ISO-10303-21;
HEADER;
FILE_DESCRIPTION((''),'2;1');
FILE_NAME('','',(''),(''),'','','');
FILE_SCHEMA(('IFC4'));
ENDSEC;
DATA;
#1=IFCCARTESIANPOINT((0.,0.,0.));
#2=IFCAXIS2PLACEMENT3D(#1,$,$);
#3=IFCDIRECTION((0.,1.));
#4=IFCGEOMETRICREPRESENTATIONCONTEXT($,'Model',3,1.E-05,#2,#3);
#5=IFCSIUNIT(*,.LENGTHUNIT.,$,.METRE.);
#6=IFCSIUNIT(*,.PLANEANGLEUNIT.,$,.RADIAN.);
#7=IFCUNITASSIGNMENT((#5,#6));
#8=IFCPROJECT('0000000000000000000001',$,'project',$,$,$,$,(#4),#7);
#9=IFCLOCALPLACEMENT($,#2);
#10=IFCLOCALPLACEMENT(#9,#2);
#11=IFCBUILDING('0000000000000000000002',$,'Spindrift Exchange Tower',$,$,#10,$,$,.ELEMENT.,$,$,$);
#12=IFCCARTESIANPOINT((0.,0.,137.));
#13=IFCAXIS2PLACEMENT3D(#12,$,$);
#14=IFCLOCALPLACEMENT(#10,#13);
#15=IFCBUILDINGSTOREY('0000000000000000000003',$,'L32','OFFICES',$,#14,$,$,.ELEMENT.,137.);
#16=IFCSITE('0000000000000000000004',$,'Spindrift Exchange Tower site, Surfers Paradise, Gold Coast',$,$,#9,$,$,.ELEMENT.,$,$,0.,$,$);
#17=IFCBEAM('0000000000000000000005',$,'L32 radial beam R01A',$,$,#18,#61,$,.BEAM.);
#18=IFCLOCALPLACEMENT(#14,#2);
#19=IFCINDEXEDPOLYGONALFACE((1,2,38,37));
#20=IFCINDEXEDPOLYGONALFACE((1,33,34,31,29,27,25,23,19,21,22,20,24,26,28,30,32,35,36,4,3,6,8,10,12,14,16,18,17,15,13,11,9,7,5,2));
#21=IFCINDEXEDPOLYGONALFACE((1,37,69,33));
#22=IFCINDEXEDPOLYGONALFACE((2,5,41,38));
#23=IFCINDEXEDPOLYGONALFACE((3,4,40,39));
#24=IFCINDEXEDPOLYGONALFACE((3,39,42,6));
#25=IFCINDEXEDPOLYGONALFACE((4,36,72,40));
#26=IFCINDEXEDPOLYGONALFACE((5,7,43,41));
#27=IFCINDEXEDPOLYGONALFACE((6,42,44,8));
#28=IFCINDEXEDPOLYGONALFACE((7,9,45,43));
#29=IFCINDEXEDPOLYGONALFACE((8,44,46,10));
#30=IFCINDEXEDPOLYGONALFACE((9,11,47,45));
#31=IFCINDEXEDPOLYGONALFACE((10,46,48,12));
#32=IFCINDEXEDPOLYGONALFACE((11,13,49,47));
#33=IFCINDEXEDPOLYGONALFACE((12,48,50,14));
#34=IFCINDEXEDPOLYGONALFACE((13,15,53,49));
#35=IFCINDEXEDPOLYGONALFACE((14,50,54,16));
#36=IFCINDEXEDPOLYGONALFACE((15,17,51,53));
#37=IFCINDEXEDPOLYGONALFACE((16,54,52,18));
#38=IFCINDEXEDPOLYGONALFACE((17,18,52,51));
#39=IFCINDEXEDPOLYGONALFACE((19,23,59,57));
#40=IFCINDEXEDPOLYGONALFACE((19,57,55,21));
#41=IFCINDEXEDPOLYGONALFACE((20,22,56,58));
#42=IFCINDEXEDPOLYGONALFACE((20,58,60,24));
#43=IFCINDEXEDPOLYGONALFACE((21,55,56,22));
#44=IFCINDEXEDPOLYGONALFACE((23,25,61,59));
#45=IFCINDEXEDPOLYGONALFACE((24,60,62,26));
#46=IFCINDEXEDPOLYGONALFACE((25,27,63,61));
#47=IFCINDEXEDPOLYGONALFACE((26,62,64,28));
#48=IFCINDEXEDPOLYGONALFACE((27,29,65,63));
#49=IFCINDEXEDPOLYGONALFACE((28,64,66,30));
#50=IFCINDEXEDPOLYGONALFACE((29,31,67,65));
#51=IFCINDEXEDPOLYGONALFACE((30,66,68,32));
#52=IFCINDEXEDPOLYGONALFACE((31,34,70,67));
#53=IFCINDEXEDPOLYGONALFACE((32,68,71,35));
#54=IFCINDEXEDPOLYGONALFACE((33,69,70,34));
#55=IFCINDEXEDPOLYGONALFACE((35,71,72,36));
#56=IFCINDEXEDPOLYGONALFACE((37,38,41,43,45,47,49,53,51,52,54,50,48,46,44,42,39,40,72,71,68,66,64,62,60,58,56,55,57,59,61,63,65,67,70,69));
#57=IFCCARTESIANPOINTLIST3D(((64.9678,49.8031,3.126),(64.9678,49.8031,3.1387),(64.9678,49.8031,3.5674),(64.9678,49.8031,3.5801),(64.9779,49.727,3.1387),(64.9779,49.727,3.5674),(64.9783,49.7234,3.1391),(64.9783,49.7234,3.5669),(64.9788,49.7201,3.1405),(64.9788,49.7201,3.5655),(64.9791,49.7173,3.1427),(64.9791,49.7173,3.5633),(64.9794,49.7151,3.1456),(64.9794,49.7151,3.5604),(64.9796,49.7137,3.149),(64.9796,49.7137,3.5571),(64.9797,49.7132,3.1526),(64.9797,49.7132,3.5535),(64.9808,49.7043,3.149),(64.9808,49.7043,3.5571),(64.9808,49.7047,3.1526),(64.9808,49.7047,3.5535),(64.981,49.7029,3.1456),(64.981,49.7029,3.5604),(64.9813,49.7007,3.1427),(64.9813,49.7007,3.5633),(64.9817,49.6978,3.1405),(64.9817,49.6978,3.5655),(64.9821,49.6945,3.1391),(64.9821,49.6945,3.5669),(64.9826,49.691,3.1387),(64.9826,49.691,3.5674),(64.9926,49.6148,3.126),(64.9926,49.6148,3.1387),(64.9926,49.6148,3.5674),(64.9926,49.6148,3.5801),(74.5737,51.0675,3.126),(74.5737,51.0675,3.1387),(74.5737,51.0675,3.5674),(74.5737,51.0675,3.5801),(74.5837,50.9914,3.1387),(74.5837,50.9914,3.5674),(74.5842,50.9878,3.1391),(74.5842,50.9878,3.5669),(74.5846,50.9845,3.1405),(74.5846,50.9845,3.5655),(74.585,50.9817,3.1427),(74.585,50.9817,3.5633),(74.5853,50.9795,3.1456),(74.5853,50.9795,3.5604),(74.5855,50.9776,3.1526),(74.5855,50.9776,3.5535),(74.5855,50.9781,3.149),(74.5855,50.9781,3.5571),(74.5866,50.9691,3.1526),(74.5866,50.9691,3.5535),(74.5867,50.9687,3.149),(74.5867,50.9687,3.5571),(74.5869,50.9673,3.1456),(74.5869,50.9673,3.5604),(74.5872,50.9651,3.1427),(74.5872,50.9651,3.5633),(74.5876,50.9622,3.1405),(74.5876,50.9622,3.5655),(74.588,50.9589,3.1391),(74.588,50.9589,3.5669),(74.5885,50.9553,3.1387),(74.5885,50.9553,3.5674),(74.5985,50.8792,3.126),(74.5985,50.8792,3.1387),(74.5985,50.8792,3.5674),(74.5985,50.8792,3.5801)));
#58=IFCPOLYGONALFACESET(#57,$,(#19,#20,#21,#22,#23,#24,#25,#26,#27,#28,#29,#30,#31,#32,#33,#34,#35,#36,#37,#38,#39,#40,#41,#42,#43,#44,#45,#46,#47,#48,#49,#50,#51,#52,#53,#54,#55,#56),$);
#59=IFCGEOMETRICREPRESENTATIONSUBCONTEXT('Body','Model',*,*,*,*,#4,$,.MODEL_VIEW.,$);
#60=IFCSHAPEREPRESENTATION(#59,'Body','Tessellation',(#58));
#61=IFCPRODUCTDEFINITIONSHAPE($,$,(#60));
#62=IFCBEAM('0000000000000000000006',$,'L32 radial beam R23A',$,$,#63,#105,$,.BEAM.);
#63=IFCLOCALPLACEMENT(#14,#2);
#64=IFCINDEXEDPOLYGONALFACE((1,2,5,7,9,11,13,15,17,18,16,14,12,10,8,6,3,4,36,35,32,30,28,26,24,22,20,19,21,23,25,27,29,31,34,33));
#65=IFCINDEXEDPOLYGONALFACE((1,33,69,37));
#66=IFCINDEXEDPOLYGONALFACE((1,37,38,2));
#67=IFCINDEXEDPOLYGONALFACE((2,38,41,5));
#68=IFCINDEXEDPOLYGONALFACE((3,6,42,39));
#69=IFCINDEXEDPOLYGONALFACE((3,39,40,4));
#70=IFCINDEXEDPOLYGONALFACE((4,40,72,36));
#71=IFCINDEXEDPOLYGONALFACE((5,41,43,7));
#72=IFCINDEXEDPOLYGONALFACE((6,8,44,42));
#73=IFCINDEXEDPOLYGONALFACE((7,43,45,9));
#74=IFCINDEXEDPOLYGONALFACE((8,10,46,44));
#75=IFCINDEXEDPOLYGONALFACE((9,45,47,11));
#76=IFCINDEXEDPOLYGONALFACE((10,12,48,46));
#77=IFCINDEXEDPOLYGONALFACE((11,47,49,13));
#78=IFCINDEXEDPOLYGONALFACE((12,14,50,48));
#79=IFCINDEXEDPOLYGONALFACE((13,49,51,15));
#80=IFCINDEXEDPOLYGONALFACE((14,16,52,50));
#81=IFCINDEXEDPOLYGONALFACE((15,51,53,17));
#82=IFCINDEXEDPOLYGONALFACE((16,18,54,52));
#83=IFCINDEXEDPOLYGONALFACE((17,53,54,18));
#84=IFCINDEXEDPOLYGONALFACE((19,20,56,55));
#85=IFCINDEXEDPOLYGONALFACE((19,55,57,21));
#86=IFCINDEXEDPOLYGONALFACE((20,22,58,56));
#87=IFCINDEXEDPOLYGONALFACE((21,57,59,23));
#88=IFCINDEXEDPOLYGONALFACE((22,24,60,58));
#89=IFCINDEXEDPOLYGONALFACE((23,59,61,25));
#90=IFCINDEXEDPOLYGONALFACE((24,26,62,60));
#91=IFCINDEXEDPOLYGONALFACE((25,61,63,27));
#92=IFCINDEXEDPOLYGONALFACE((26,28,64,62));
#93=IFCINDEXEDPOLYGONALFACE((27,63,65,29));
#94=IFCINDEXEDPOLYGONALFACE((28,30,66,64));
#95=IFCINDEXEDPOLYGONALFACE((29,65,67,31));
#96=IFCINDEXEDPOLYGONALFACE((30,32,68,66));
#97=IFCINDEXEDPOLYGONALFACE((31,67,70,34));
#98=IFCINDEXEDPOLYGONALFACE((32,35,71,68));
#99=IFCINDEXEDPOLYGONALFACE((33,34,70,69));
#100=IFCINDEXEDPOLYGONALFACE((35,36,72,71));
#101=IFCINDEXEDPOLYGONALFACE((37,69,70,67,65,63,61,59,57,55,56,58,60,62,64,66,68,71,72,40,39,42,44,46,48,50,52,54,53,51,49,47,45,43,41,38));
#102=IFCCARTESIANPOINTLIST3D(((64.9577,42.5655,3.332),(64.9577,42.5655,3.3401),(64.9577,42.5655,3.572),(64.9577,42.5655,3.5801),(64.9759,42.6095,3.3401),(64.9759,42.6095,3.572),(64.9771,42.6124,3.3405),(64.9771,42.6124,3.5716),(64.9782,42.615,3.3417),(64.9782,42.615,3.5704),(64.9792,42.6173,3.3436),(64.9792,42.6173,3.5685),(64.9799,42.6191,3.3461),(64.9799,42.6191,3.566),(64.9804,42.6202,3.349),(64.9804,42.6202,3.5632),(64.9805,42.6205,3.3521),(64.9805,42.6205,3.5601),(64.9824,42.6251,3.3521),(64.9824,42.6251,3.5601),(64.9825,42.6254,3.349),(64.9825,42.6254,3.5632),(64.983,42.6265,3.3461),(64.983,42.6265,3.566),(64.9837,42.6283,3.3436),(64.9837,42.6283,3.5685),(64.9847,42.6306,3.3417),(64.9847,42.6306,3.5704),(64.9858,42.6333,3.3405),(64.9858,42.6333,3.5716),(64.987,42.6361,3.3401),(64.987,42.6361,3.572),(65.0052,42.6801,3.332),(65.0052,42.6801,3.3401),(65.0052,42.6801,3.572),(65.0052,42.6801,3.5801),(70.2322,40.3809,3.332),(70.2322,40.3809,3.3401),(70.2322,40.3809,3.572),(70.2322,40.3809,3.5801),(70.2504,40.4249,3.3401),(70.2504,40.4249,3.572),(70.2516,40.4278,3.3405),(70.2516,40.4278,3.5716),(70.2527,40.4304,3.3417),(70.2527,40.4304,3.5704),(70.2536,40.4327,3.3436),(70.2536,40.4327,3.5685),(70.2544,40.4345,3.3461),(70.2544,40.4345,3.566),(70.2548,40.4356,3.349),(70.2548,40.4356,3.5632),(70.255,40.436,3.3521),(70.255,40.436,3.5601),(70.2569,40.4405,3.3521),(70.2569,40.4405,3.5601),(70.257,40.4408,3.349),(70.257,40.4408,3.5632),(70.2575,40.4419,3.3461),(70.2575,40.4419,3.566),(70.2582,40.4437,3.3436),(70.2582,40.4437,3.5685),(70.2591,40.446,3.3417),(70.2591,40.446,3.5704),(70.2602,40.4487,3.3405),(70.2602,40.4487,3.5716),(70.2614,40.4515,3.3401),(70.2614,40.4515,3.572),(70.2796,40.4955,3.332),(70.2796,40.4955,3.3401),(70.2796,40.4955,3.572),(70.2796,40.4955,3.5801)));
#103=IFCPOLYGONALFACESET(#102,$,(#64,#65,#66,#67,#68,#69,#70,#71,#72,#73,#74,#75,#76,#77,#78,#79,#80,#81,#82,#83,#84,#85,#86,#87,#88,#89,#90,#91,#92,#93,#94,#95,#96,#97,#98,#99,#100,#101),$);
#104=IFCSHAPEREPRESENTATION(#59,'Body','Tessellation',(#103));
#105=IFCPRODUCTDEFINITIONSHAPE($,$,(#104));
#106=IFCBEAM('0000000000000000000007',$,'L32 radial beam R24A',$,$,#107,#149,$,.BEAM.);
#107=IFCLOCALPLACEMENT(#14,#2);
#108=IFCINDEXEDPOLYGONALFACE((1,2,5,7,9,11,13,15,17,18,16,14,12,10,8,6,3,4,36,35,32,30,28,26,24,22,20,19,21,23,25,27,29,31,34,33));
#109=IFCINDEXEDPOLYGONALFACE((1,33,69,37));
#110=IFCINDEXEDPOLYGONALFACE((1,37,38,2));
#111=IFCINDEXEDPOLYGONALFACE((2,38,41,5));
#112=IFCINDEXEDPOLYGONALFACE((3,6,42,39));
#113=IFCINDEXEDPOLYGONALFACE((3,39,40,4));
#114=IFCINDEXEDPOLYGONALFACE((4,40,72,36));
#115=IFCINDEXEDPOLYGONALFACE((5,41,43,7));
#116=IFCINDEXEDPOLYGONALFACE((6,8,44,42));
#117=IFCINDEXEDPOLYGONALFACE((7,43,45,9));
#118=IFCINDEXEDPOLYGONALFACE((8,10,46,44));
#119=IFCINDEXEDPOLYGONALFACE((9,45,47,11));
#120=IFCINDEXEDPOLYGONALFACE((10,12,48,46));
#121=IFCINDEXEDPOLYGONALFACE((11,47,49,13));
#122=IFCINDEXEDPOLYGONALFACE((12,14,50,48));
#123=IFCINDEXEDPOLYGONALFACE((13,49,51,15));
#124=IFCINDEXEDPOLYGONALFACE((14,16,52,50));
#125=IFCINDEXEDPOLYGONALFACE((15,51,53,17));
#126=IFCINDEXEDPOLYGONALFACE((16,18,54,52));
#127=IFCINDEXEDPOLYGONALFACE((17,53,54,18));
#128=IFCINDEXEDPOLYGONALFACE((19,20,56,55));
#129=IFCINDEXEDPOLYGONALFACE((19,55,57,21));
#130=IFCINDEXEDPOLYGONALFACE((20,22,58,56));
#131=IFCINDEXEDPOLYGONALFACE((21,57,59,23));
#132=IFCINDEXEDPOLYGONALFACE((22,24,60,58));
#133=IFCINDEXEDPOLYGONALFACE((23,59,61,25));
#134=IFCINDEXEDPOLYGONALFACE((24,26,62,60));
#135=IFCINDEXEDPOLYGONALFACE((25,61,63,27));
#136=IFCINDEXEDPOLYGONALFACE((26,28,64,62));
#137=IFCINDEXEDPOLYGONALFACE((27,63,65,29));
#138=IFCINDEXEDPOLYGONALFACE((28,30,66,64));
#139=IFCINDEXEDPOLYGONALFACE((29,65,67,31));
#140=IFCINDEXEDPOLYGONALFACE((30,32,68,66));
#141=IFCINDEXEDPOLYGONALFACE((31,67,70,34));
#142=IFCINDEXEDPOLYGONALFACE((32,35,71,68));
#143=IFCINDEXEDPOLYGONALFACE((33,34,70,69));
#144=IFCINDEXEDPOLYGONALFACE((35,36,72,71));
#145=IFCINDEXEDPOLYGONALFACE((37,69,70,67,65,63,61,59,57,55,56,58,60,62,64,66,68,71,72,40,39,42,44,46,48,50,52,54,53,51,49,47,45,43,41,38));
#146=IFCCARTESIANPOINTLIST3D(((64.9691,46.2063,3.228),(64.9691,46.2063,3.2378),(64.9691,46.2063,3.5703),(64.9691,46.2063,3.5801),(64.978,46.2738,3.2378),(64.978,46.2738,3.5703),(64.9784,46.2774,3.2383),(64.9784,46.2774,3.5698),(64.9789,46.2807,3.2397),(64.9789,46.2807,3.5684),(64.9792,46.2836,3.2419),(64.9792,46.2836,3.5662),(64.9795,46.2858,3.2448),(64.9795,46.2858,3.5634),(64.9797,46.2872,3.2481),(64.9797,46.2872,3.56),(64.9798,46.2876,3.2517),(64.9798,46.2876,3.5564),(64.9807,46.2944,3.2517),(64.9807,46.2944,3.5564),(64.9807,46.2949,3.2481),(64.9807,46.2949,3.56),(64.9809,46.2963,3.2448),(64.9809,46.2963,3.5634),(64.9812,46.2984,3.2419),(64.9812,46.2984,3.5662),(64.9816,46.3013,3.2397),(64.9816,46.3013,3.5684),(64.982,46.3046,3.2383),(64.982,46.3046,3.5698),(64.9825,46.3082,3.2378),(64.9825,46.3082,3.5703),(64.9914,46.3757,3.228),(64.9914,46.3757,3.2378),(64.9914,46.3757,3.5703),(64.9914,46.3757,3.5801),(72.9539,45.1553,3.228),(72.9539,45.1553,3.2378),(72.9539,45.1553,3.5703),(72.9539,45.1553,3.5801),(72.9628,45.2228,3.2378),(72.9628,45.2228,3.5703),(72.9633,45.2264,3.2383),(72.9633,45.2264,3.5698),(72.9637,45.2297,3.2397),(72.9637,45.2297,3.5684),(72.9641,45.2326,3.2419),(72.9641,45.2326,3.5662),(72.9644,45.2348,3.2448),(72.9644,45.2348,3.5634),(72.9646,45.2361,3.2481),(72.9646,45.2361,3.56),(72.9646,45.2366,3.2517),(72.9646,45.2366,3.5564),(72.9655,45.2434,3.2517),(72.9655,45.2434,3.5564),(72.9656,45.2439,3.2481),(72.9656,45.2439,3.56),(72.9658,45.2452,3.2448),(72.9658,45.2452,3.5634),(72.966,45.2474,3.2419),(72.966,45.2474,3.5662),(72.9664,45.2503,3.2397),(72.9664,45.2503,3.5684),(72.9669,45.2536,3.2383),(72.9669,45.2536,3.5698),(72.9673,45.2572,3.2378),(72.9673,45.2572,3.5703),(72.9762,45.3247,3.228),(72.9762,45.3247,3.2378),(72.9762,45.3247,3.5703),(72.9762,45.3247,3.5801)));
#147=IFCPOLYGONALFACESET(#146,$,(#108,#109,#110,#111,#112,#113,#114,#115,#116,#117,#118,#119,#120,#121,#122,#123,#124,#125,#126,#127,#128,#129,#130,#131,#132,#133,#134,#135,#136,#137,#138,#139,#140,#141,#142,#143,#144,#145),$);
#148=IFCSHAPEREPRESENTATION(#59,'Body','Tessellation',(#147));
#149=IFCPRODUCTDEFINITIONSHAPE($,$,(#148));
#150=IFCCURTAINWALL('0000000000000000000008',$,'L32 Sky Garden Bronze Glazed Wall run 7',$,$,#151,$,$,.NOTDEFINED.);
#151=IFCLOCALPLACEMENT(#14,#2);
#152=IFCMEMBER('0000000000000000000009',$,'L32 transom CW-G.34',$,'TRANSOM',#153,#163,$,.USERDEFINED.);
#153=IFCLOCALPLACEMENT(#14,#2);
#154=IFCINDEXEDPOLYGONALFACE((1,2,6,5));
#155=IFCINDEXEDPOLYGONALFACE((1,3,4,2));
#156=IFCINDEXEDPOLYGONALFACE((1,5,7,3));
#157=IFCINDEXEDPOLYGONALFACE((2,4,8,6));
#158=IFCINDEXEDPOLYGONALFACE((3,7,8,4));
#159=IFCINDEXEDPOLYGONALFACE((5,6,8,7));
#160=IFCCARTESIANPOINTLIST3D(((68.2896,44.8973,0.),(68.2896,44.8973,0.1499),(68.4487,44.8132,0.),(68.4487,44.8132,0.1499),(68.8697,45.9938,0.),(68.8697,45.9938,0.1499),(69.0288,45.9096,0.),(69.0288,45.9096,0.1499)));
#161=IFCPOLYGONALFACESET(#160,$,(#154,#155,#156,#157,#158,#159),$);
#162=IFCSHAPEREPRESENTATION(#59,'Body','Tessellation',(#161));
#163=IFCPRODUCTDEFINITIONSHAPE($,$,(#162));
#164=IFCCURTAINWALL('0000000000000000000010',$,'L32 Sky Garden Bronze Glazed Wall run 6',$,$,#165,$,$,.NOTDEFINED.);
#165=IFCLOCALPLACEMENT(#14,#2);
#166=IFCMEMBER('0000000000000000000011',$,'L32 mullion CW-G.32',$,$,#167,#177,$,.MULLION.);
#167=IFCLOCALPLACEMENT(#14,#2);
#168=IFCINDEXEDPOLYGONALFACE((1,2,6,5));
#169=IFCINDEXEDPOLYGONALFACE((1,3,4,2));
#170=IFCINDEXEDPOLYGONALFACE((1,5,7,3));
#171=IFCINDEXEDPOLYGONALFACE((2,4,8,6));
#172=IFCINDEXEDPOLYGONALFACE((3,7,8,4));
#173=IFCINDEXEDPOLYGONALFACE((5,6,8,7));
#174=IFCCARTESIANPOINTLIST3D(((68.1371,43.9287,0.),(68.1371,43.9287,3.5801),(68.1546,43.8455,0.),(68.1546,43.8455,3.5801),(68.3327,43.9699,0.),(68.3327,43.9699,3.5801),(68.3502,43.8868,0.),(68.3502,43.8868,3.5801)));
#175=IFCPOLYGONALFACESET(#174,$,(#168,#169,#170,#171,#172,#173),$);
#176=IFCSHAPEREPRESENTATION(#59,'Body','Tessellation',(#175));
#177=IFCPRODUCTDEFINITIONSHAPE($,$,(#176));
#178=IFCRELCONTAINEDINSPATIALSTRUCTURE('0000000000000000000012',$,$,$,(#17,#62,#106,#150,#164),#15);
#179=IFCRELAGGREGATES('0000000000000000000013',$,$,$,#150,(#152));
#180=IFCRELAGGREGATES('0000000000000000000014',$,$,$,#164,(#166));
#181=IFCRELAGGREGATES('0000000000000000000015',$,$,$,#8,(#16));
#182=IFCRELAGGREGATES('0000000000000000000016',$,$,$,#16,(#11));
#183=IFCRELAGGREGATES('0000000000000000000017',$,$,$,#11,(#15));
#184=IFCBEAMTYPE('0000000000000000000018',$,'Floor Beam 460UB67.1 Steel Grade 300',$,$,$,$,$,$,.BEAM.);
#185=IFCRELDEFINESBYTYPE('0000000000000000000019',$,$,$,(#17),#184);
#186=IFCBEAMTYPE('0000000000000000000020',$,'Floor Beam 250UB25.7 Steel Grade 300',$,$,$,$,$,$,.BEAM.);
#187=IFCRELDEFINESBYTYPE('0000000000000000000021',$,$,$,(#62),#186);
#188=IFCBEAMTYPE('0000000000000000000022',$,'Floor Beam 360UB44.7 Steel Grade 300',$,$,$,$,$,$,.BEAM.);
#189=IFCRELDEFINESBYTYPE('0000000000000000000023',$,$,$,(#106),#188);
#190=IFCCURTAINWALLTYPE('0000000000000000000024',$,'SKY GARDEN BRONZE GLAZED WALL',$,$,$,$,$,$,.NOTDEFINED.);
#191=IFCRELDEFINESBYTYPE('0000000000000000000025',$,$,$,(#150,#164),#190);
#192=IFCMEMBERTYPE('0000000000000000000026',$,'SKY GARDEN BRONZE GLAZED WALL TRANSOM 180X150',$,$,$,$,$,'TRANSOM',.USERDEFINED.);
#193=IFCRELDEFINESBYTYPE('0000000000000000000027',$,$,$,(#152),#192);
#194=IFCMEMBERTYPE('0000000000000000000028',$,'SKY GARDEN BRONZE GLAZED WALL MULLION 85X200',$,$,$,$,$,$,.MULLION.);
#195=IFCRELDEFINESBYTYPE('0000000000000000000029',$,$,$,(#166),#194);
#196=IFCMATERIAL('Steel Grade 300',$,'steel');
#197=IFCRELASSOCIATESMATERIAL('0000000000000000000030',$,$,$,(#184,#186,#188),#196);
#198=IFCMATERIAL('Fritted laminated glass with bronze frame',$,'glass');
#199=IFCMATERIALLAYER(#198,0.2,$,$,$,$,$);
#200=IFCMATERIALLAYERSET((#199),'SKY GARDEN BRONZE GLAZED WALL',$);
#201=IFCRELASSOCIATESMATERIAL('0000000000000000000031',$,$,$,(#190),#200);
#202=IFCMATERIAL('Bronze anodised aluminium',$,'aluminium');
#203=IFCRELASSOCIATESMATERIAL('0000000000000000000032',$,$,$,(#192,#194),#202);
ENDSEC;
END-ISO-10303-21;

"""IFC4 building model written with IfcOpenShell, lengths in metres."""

from ifc_helpers import new_model, si_unit, direction, frame, origin, origin_2d, place, context, subcontext, project, spatial, rectangle, i_section, extrude, source, transform, mapped, material, layer, layer_set, material_profile, profile_set, type_object, element, aggregate, save


model = new_model("IFC4")

# Units and contexts
model_context = context("Model", 3, precision=1e-05, world=origin(), true_north=direction((0.0, 1.0)))
body_context = subcontext(model_context, "Body", "Model", "MODEL_VIEW")
ifc_project = project(units=[si_unit("LENGTHUNIT", "METRE"), si_unit("PLANEANGLEUNIT", "RADIAN")], contexts=[model_context])

# Site, building, storey
site_placement = place(None, origin())
site = spatial("IfcSite", under=ifc_project, at=site_placement, Name="Spindrift Exchange Tower site, Surfers Paradise, Gold Coast", CompositionType="ELEMENT", RefElevation=0.0)
building_placement = place(site_placement, origin())
building = spatial("IfcBuilding", under=site, at=building_placement, Name="Spindrift Exchange Tower", CompositionType="ELEMENT")
storey_placement = place(building_placement, frame((0.0, 0.0, 137.0)))
storey = spatial("IfcBuildingStorey", under=building, at=storey_placement, Name="L32", Description="OFFICES", CompositionType="ELEMENT", Elevation=137.0)

# Beams
ifc_material_1 = material(Name="Steel Grade 300", Category="steel")
ifc_material_profile_1 = material_profile(ifc_material_1, i_section(OverallWidth=0.1899, OverallDepth=0.4541, WebThickness=0.0085, FlangeThickness=0.0127, FilletRadius=0.0139, at=origin_2d()), Name="460UB67.1")
ifc_profile_set_1 = profile_set([ifc_material_profile_1], Name="Steel Grade 300")
beam_type_1 = type_object("IfcBeamType", Name="Floor Beam 460UB67.1 Steel Grade 300", PredefinedType="BEAM", material=ifc_profile_set_1)
shared_shape_1 = source(origin(), body_context, "Body", "SweptSolid", [
    extrude(i_section(OverallWidth=0.1899, OverallDepth=0.4541, WebThickness=0.0085, FlangeThickness=0.0127, FilletRadius=0.0139, at=origin_2d()), origin(), (0.0, 0.0, 1.0), 9.6887),
])
beam_1_placement = place(storey_placement, frame((64.9802, 49.709, 3.353), z_axis=(0.991448, 0.130501, 0.0), x_axis=(-0.130501, 0.991448, 0.0)))
element("IfcBeam", 1, at=beam_1_placement, inside=storey, type_object=beam_type_1, Name="L32 radial beam R01A", PredefinedType="BEAM", context=body_context, shape_type="MappedRepresentation", body=[
    mapped(shared_shape_1, transform((0.0, 0.0, 0.0), scale=1.0)),
])
ifc_material_profile_2 = material_profile(ifc_material_1, i_section(OverallWidth=0.124, OverallDepth=0.248, WebThickness=0.0049, FlangeThickness=0.0081, FilletRadius=0.012, at=origin_2d()), Name="250UB25.7")
ifc_profile_set_2 = profile_set([ifc_material_profile_2], Name="Steel Grade 300")
beam_type_2 = type_object("IfcBeamType", Name="Floor Beam 250UB25.7 Steel Grade 300", PredefinedType="BEAM", material=ifc_profile_set_2)
shared_shape_2 = source(origin(), body_context, "Body", "SweptSolid", [
    extrude(i_section(OverallWidth=0.124, OverallDepth=0.248, WebThickness=0.0049, FlangeThickness=0.0081, FilletRadius=0.012, at=origin_2d()), origin(), (0.0, 0.0, 1.0), 5.709),
])
beam_2_placement = place(storey_placement, frame((64.9814, 42.6228, 3.4561), z_axis=(0.92389, -0.382659, 0.0), x_axis=(0.382659, 0.92389, 0.0)))
element("IfcBeam", 2, at=beam_2_placement, inside=storey, type_object=beam_type_2, Name="L32 radial beam R23A", PredefinedType="BEAM", context=body_context, shape_type="MappedRepresentation", body=[
    mapped(shared_shape_2, transform((0.0, 0.0, 0.0), scale=1.0)),
])
ifc_material_profile_3 = material_profile(ifc_material_1, i_section(OverallWidth=0.1709, OverallDepth=0.3521, WebThickness=0.0068, FlangeThickness=0.0098, FilletRadius=0.0139, at=origin_2d()), Name="360UB44.7")
ifc_profile_set_3 = profile_set([ifc_material_profile_3], Name="Steel Grade 300")
beam_type_3 = type_object("IfcBeamType", Name="Floor Beam 360UB44.7 Steel Grade 300", PredefinedType="BEAM", material=ifc_profile_set_3)
shared_shape_3 = source(origin(), body_context, "Body", "SweptSolid", [
    extrude(i_section(OverallWidth=0.1709, OverallDepth=0.3521, WebThickness=0.0068, FlangeThickness=0.0098, FilletRadius=0.0139, at=origin_2d()), origin(), (0.0, 0.0, 1.0), 8.0537),
])
beam_3_placement = place(storey_placement, frame((64.9802, 46.291, 3.4041), z_axis=(0.991448, -0.130502, 0.0), x_axis=(0.130502, 0.991448, 0.0)))
element("IfcBeam", 3, at=beam_3_placement, inside=storey, type_object=beam_type_3, Name="L32 radial beam R24A", PredefinedType="BEAM", context=body_context, shape_type="MappedRepresentation", body=[
    mapped(shared_shape_3, transform((0.0, 0.0, 0.0), scale=1.0)),
])

# Curtain wall, member
ifc_material_2 = material(Name="Fritted laminated glass with bronze frame", Category="glass")
ifc_layer_1 = layer(ifc_material_2, 0.2)
ifc_layer_set_1 = layer_set([ifc_layer_1], Name="SKY GARDEN BRONZE GLAZED WALL")
curtain_wall_type = type_object("IfcCurtainWallType", Name="SKY GARDEN BRONZE GLAZED WALL", PredefinedType="NOTDEFINED", material=ifc_layer_set_1)
curtain_wall_1_placement = place(storey_placement, origin())
curtain_wall_1 = element("IfcCurtainWall", 4, at=curtain_wall_1_placement, inside=storey, type_object=curtain_wall_type, Name="L32 Sky Garden Bronze Glazed Wall run 7", PredefinedType="NOTDEFINED")
ifc_material_3 = material(Name="Bronze anodised aluminium", Category="aluminium")
ifc_material_profile_4 = material_profile(ifc_material_3, rectangle(XDim=0.1799, YDim=0.1499, at=origin_2d()), Name="SKY GARDEN BRONZE GLAZED WALL TRANSOM 180X150")
ifc_profile_set_4 = profile_set([ifc_material_profile_4], Name="Bronze anodised aluminium")
member_type_1 = type_object("IfcMemberType", Name="SKY GARDEN BRONZE GLAZED WALL TRANSOM 180X150", ElementType="TRANSOM", PredefinedType="USERDEFINED", material=ifc_profile_set_4)
shared_shape_4 = source(origin(), body_context, "Body", "SweptSolid", [
    extrude(rectangle(XDim=0.1799, YDim=0.1499, at=origin_2d()), origin(), (0.0, 0.0, 1.0), 1.2405),
])
member_1_placement = place(storey_placement, frame((68.3691, 44.8552, 0.075), z_axis=(0.467644, 0.883917, 0.0), x_axis=(-0.883917, 0.467644, 0.0)))
member_1 = element("IfcMember", 5, at=member_1_placement, type_object=member_type_1, Name="L32 transom CW-G.34", ObjectType="TRANSOM", PredefinedType="USERDEFINED", context=body_context, shape_type="MappedRepresentation", body=[
    mapped(shared_shape_4, transform((0.0, 0.0, 0.0), scale=1.0)),
])

# Curtain wall, member
curtain_wall_2_placement = place(storey_placement, origin())
curtain_wall_2 = element("IfcCurtainWall", 6, at=curtain_wall_2_placement, inside=storey, type_object=curtain_wall_type, Name="L32 Sky Garden Bronze Glazed Wall run 6", PredefinedType="NOTDEFINED")
ifc_material_profile_5 = material_profile(ifc_material_3, rectangle(XDim=0.085, YDim=0.2, at=origin_2d()), Name="SKY GARDEN BRONZE GLAZED WALL MULLION 85X200")
ifc_profile_set_5 = profile_set([ifc_material_profile_5], Name="Bronze anodised aluminium")
member_type_2 = type_object("IfcMemberType", Name="SKY GARDEN BRONZE GLAZED WALL MULLION 85X200", PredefinedType="MULLION", material=ifc_profile_set_5)
shared_shape_5 = source(origin(), body_context, "Body", "SweptSolid", [
    extrude(rectangle(XDim=0.085, YDim=0.2, at=origin_2d()), origin(), (0.0, 0.0, 1.0), 3.5801),
])
member_2_placement = place(storey_placement, frame((68.2437, 43.9077, 0.0), z_axis=(0.0, 0.0, 1.0), x_axis=(-0.206261, 0.978497, 0.0)))
member_2 = element("IfcMember", 7, at=member_2_placement, type_object=member_type_2, Name="L32 mullion CW-G.32", PredefinedType="MULLION", context=body_context, shape_type="MappedRepresentation", body=[
    mapped(shared_shape_5, transform((0.0, 0.0, 0.0), scale=1.0)),
])

aggregate(curtain_wall_1, [member_1])

aggregate(curtain_wall_2, [member_2])

save(model, "model.ifc")
